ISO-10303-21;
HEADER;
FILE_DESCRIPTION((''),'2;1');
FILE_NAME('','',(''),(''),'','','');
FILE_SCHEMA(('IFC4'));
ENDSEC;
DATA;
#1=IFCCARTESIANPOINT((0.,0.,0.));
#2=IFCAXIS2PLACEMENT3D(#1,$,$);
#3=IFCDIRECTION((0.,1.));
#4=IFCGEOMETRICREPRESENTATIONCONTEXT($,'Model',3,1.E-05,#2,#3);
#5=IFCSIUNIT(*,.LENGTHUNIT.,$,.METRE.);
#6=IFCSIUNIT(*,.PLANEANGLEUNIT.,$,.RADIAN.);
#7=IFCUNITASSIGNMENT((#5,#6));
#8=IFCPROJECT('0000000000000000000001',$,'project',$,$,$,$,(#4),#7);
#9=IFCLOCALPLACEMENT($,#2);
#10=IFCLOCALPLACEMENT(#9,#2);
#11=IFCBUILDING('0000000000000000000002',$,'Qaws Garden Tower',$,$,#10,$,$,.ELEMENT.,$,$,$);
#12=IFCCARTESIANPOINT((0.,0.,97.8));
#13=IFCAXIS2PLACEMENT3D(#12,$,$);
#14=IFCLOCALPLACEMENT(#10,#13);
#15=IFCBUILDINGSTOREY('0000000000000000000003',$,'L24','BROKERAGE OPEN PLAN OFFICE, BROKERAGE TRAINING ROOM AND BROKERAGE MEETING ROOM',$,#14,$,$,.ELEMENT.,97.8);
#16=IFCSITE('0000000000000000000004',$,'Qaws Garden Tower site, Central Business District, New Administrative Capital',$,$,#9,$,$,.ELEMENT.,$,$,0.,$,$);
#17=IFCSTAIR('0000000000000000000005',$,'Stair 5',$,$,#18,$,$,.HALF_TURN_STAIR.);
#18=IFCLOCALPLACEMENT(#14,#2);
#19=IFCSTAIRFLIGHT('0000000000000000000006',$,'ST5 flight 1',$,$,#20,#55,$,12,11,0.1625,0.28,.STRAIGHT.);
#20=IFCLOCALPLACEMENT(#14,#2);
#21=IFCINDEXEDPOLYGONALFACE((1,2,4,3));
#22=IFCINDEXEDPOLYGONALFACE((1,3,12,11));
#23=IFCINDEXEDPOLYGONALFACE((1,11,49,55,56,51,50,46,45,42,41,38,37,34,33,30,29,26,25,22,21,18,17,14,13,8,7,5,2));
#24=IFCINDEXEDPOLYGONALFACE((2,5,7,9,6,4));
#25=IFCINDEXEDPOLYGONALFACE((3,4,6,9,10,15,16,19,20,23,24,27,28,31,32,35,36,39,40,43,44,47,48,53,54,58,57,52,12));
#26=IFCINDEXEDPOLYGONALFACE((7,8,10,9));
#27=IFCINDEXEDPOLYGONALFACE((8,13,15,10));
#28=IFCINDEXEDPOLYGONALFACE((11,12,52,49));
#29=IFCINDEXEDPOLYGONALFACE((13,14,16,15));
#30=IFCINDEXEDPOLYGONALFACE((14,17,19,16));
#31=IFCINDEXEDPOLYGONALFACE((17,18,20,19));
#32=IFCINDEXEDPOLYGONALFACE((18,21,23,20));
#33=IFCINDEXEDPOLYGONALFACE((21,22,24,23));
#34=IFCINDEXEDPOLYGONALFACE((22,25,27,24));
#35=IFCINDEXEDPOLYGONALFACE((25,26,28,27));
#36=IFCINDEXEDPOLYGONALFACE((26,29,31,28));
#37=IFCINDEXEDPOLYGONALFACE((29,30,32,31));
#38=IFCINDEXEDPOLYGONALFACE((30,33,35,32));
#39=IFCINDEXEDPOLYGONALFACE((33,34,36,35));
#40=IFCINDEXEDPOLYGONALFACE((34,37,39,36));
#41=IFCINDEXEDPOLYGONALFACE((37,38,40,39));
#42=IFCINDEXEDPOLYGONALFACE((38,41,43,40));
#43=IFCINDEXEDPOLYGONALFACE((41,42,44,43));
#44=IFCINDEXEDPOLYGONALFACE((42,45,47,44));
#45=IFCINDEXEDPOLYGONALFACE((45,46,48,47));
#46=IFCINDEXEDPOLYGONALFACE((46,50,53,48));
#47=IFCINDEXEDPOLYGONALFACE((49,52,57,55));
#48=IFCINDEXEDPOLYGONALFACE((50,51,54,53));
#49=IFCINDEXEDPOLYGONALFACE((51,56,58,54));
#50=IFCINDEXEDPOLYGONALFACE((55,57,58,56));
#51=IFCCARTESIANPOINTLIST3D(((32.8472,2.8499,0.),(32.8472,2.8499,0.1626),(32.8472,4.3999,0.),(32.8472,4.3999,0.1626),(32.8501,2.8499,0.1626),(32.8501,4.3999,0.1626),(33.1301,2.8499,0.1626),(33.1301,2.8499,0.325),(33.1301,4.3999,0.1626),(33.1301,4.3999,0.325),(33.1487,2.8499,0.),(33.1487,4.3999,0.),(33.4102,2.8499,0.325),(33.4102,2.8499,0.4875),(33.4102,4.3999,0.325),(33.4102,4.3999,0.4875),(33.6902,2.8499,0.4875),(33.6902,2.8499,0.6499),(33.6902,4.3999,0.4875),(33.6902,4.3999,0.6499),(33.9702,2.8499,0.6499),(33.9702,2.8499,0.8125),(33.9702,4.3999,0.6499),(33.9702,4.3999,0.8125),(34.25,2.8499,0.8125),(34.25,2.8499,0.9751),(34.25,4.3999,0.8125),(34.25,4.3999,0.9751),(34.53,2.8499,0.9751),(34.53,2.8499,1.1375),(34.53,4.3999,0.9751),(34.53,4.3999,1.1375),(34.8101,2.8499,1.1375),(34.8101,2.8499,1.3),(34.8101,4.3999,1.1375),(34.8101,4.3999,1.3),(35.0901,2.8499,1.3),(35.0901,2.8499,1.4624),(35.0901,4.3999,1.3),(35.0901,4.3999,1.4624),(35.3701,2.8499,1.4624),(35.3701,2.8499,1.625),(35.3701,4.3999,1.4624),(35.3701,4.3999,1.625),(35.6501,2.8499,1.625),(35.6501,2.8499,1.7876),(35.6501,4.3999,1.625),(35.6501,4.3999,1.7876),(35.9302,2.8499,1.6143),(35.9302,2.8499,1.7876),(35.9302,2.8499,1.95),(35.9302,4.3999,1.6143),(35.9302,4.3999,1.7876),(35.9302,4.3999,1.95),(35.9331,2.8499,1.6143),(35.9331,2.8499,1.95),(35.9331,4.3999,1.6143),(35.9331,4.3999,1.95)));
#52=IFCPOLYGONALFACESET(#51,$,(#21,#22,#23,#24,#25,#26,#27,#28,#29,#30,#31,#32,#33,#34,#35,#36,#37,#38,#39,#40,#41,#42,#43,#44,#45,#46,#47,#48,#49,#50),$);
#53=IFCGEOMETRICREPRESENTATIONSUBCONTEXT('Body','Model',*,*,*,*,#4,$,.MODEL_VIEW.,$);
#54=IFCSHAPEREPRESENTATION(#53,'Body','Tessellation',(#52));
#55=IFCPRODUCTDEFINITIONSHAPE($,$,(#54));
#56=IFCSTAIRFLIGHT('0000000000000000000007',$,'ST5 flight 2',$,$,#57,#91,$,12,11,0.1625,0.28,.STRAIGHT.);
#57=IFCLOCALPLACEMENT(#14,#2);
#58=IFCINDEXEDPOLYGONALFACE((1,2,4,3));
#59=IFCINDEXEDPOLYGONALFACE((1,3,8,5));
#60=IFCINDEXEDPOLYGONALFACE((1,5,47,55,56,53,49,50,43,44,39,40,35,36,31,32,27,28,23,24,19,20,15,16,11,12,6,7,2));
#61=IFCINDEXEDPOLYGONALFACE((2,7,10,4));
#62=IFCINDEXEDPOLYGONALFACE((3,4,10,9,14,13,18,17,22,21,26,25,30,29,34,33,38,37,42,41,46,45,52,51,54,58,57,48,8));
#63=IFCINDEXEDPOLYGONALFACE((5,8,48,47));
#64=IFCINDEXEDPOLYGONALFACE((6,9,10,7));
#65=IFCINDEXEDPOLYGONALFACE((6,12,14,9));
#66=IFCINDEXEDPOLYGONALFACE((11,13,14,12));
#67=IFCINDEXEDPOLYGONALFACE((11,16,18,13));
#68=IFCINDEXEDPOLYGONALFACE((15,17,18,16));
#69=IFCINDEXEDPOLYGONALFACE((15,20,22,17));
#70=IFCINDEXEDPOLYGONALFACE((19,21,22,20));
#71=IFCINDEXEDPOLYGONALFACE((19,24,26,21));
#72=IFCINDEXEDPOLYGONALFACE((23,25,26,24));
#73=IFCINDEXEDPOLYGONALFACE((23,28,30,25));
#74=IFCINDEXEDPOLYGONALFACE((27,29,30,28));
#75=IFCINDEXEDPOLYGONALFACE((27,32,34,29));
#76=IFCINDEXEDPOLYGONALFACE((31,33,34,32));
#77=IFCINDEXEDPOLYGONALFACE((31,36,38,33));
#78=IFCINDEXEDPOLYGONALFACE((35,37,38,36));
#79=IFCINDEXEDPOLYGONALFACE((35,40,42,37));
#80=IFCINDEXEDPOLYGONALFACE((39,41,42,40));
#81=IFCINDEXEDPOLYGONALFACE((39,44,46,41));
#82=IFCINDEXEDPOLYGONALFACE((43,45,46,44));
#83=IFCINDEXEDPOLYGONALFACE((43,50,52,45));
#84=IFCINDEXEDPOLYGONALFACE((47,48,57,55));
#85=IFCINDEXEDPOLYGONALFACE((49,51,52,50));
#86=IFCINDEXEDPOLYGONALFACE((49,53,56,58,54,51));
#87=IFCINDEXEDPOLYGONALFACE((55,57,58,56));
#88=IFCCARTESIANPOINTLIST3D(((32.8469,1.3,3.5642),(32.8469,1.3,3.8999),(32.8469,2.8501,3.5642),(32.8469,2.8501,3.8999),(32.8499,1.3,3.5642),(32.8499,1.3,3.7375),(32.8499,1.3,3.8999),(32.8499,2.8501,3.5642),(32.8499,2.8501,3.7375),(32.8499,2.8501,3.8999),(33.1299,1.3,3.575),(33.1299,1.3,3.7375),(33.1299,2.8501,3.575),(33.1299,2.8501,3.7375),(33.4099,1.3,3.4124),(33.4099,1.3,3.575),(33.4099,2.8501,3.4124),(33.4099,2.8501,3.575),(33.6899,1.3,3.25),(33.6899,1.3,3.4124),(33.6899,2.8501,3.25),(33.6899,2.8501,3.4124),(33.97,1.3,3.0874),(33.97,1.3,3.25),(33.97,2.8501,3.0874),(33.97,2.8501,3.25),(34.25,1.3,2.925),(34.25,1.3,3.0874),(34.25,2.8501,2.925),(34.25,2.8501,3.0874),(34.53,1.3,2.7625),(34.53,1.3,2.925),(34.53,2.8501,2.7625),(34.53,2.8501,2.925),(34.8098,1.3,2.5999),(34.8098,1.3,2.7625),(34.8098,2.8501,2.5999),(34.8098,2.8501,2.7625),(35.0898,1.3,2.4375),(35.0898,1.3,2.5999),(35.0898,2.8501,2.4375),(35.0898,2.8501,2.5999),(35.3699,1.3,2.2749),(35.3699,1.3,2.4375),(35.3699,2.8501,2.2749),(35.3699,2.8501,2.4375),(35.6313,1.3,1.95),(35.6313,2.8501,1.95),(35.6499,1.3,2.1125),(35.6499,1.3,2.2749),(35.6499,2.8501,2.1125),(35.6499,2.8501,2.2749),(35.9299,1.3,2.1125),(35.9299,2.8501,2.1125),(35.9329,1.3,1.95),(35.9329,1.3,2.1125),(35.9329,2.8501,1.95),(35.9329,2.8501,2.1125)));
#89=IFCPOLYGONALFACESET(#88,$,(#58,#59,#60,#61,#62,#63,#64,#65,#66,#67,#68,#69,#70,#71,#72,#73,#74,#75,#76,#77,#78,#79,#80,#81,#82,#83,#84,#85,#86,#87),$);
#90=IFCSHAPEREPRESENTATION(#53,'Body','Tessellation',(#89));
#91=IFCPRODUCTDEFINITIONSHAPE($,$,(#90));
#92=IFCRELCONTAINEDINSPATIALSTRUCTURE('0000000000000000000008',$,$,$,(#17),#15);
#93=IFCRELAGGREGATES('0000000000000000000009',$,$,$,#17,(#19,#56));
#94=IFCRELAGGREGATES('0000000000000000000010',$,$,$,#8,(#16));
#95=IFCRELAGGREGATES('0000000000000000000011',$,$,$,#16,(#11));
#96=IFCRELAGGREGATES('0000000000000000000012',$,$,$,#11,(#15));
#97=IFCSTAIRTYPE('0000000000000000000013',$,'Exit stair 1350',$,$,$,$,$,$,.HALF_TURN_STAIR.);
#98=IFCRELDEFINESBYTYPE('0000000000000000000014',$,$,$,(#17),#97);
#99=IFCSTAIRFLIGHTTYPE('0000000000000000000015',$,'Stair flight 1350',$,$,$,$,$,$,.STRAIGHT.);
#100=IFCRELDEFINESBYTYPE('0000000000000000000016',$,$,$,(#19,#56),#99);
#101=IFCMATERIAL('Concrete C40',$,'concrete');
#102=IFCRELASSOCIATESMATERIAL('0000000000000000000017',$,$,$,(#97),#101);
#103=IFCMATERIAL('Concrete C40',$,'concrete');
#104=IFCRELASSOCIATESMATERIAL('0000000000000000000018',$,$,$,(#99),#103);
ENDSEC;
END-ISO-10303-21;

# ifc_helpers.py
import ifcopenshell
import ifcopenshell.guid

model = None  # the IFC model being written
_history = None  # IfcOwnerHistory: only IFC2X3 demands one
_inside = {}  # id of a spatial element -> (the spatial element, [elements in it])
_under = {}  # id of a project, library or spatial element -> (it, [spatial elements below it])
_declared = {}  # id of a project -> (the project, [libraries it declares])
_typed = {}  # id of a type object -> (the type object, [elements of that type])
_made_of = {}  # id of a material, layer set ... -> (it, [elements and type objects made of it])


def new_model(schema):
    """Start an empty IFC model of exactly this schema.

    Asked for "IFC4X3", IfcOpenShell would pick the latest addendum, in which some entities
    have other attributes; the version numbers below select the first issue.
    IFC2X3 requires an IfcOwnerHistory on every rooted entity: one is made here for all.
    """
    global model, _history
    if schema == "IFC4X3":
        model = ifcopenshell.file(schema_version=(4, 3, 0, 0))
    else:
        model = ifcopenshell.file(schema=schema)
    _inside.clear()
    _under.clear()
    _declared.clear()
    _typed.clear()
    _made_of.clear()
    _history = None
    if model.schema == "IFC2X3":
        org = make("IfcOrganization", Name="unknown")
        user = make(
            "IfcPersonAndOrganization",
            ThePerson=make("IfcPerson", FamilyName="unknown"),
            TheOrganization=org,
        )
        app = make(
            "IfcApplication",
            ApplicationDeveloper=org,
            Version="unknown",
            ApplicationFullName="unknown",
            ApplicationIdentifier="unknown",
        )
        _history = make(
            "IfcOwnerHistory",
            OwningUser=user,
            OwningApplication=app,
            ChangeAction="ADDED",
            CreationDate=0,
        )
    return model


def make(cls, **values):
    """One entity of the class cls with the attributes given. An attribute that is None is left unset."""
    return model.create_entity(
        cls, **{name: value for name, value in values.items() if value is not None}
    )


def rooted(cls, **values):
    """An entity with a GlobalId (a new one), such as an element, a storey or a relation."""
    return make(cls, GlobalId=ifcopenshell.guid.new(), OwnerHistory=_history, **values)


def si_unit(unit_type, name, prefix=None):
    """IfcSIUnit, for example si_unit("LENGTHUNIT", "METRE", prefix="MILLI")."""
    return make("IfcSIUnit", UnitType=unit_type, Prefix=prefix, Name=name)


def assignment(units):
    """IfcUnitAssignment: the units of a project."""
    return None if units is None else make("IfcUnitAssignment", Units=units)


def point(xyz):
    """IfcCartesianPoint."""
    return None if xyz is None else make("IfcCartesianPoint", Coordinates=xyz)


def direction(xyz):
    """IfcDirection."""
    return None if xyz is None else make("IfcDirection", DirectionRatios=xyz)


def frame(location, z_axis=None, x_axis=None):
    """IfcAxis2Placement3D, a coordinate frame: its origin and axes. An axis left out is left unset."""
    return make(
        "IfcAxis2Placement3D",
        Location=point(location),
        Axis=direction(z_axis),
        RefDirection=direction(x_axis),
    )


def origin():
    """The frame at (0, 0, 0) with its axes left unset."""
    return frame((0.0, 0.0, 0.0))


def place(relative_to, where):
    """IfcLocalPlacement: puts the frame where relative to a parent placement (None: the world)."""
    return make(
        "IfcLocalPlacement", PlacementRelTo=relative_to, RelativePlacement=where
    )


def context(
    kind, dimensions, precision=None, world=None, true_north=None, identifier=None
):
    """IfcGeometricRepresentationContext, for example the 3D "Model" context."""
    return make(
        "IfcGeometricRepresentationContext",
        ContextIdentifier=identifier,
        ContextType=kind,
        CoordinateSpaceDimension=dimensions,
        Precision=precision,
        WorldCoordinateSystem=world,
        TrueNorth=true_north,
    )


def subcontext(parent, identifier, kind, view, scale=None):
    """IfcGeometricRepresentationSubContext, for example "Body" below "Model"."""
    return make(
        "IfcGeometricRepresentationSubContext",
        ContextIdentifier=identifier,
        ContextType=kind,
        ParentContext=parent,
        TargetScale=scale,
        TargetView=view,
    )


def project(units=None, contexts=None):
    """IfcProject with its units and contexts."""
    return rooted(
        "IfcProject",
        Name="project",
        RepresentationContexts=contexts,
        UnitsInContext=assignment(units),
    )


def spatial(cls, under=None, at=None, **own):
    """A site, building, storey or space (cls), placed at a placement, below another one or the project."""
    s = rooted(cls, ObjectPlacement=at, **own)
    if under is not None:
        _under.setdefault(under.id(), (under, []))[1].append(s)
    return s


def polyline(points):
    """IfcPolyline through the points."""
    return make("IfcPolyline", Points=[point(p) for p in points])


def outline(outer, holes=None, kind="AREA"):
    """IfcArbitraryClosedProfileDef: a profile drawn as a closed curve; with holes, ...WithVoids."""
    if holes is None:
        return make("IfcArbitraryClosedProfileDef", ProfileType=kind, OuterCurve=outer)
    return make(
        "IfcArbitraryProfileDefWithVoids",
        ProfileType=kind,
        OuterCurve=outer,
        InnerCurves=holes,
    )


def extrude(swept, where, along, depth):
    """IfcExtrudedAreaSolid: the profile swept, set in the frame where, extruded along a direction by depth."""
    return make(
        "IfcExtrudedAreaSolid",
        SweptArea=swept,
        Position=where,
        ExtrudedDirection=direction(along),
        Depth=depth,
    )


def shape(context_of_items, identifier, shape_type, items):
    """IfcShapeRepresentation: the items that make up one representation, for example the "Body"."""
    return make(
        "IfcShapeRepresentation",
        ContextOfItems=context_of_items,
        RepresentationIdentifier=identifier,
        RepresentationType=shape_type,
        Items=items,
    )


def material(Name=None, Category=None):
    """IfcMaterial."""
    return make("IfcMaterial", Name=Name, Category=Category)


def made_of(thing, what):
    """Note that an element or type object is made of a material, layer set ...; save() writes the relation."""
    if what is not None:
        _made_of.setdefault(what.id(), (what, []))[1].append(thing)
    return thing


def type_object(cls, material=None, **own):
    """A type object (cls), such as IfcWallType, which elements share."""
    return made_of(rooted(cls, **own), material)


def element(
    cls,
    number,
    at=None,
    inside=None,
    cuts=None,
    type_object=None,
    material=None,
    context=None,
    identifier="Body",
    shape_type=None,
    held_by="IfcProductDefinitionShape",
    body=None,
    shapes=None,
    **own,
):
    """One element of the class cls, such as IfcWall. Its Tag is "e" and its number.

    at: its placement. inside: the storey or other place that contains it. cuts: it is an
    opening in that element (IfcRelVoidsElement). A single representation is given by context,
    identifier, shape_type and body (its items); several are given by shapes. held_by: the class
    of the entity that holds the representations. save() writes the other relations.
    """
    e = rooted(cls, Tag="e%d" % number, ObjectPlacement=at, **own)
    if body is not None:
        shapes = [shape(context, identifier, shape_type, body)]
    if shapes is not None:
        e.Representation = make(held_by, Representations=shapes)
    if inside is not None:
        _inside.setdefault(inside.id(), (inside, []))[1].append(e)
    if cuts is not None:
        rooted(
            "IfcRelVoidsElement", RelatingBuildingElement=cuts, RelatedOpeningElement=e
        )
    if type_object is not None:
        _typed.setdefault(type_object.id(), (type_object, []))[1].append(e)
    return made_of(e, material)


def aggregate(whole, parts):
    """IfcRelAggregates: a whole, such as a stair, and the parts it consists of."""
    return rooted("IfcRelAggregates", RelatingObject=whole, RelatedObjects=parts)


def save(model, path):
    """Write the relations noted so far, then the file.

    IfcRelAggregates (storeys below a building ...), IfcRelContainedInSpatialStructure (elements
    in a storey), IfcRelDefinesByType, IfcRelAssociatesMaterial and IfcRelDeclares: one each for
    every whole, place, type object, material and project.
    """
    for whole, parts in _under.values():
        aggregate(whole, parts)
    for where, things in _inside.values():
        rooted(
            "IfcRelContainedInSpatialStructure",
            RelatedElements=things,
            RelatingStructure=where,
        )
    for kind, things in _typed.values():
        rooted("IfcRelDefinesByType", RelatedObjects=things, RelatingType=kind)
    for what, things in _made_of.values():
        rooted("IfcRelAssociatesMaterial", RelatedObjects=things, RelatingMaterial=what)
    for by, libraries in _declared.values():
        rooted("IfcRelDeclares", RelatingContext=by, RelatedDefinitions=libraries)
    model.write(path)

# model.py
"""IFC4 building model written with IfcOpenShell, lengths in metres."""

from ifc_helpers import new_model, si_unit, direction, frame, origin, place, context, subcontext, project, spatial, polyline, outline, extrude, material, type_object, element, aggregate, save


model = new_model("IFC4")

# Units and contexts
model_context = context("Model", 3, precision=1e-05, world=origin(), true_north=direction((0.0, 1.0)))
body_context = subcontext(model_context, "Body", "Model", "MODEL_VIEW")
ifc_project = project(units=[si_unit("LENGTHUNIT", "METRE"), si_unit("PLANEANGLEUNIT", "RADIAN")], contexts=[model_context])

# Site, building, storey
site_placement = place(None, origin())
site = spatial("IfcSite", under=ifc_project, at=site_placement, Name="Qaws Garden Tower site, Central Business District, New Administrative Capital", CompositionType="ELEMENT", RefElevation=0.0)
building_placement = place(site_placement, origin())
building = spatial("IfcBuilding", under=site, at=building_placement, Name="Qaws Garden Tower", CompositionType="ELEMENT")
storey_placement = place(building_placement, frame((0.0, 0.0, 97.8)))
storey = spatial("IfcBuildingStorey", under=building, at=storey_placement, Name="L24", Description="BROKERAGE OPEN PLAN OFFICE, BROKERAGE TRAINING ROOM AND BROKERAGE MEETING ROOM", CompositionType="ELEMENT", Elevation=97.8)

# Stair, stair flights
ifc_material_1 = material(Name="Concrete C40", Category="concrete")
stair_type = type_object("IfcStairType", Name="Exit stair 1350", PredefinedType="HALF_TURN_STAIR", material=ifc_material_1)
stair_placement = place(storey_placement, origin())
stair = element("IfcStair", 1, at=stair_placement, inside=storey, type_object=stair_type, Name="Stair 5", PredefinedType="HALF_TURN_STAIR")
ifc_material_2 = material(Name="Concrete C40", Category="concrete")
stair_flight_type = type_object("IfcStairFlightType", Name="Stair flight 1350", PredefinedType="STRAIGHT", material=ifc_material_2)
stair_flight_1_placement = place(storey_placement, frame((32.8501, 3.625, 0.0), z_axis=(0.0, 0.0, 1.0), x_axis=(1.0, 0.0, 0.0)))
stair_flight_1 = element("IfcStairFlight", 2, at=stair_flight_1_placement, type_object=stair_flight_type, Name="ST5 flight 1", NumberOfRisers=12, NumberOfTreads=11, PredefinedType="STRAIGHT", RiserHeight=0.1625, TreadLength=0.28, context=body_context, shape_type="SweptSolid", body=[
    extrude(outline(polyline([(-0.0029, 0.0), (-0.0029, 0.1626), (0.0, 0.1626), (0.28, 0.1626), (0.28, 0.325), (0.5601, 0.325), (0.5601, 0.4875), (0.8401, 0.4875), (0.8401, 0.6499), (1.1201, 0.6499), (1.1201, 0.8125), (1.3999, 0.8125), (1.3999, 0.9751), (1.6799, 0.9751), (1.6799, 1.1375), (1.96, 1.1375), (1.96, 1.3), (2.24, 1.3), (2.24, 1.4624), (2.52, 1.4624), (2.52, 1.625), (2.8, 1.625), (2.8, 1.7876), (3.0801, 1.7876), (3.0801, 1.95), (3.083, 1.95), (3.083, 1.6143), (3.0801, 1.6143), (0.2986, 0.0), (-0.0029, 0.0)])), frame((0.0, 0.7749, 0.0), z_axis=(0.0, -1.0, 0.0), x_axis=(1.0, 0.0, 0.0)), (0.0, 0.0, 1.0), 1.55),
])
stair_flight_2_placement = place(storey_placement, frame((35.9299, 2.075, 1.95), z_axis=(0.0, 0.0, 1.0), x_axis=(-1.0, 0.0, 0.0)))
stair_flight_2 = element("IfcStairFlight", 3, at=stair_flight_2_placement, type_object=stair_flight_type, Name="ST5 flight 2", NumberOfRisers=12, NumberOfTreads=11, PredefinedType="STRAIGHT", RiserHeight=0.1625, TreadLength=0.28, context=body_context, shape_type="SweptSolid", body=[
    extrude(outline(polyline([(-0.0029, 0.0), (-0.0029, 0.1626), (0.0, 0.1626), (0.28, 0.1626), (0.28, 0.325), (0.5601, 0.325), (0.5601, 0.4875), (0.8401, 0.4875), (0.8401, 0.6499), (1.1201, 0.6499), (1.1201, 0.8125), (1.3999, 0.8125), (1.3999, 0.9751), (1.6799, 0.9751), (1.6799, 1.1375), (1.96, 1.1375), (1.96, 1.3), (2.24, 1.3), (2.24, 1.4624), (2.52, 1.4624), (2.52, 1.625), (2.8, 1.625), (2.8, 1.7876), (3.0801, 1.7876), (3.0801, 1.95), (3.083, 1.95), (3.083, 1.6143), (3.0801, 1.6143), (0.2986, 0.0), (-0.0029, 0.0)])), frame((0.0, 0.7749, 0.0), z_axis=(0.0, -1.0, 0.0), x_axis=(1.0, 0.0, 0.0)), (0.0, 0.0, 1.0), 1.55),
])
aggregate(stair, [stair_flight_1, stair_flight_2])

save(model, "model.ifc")
